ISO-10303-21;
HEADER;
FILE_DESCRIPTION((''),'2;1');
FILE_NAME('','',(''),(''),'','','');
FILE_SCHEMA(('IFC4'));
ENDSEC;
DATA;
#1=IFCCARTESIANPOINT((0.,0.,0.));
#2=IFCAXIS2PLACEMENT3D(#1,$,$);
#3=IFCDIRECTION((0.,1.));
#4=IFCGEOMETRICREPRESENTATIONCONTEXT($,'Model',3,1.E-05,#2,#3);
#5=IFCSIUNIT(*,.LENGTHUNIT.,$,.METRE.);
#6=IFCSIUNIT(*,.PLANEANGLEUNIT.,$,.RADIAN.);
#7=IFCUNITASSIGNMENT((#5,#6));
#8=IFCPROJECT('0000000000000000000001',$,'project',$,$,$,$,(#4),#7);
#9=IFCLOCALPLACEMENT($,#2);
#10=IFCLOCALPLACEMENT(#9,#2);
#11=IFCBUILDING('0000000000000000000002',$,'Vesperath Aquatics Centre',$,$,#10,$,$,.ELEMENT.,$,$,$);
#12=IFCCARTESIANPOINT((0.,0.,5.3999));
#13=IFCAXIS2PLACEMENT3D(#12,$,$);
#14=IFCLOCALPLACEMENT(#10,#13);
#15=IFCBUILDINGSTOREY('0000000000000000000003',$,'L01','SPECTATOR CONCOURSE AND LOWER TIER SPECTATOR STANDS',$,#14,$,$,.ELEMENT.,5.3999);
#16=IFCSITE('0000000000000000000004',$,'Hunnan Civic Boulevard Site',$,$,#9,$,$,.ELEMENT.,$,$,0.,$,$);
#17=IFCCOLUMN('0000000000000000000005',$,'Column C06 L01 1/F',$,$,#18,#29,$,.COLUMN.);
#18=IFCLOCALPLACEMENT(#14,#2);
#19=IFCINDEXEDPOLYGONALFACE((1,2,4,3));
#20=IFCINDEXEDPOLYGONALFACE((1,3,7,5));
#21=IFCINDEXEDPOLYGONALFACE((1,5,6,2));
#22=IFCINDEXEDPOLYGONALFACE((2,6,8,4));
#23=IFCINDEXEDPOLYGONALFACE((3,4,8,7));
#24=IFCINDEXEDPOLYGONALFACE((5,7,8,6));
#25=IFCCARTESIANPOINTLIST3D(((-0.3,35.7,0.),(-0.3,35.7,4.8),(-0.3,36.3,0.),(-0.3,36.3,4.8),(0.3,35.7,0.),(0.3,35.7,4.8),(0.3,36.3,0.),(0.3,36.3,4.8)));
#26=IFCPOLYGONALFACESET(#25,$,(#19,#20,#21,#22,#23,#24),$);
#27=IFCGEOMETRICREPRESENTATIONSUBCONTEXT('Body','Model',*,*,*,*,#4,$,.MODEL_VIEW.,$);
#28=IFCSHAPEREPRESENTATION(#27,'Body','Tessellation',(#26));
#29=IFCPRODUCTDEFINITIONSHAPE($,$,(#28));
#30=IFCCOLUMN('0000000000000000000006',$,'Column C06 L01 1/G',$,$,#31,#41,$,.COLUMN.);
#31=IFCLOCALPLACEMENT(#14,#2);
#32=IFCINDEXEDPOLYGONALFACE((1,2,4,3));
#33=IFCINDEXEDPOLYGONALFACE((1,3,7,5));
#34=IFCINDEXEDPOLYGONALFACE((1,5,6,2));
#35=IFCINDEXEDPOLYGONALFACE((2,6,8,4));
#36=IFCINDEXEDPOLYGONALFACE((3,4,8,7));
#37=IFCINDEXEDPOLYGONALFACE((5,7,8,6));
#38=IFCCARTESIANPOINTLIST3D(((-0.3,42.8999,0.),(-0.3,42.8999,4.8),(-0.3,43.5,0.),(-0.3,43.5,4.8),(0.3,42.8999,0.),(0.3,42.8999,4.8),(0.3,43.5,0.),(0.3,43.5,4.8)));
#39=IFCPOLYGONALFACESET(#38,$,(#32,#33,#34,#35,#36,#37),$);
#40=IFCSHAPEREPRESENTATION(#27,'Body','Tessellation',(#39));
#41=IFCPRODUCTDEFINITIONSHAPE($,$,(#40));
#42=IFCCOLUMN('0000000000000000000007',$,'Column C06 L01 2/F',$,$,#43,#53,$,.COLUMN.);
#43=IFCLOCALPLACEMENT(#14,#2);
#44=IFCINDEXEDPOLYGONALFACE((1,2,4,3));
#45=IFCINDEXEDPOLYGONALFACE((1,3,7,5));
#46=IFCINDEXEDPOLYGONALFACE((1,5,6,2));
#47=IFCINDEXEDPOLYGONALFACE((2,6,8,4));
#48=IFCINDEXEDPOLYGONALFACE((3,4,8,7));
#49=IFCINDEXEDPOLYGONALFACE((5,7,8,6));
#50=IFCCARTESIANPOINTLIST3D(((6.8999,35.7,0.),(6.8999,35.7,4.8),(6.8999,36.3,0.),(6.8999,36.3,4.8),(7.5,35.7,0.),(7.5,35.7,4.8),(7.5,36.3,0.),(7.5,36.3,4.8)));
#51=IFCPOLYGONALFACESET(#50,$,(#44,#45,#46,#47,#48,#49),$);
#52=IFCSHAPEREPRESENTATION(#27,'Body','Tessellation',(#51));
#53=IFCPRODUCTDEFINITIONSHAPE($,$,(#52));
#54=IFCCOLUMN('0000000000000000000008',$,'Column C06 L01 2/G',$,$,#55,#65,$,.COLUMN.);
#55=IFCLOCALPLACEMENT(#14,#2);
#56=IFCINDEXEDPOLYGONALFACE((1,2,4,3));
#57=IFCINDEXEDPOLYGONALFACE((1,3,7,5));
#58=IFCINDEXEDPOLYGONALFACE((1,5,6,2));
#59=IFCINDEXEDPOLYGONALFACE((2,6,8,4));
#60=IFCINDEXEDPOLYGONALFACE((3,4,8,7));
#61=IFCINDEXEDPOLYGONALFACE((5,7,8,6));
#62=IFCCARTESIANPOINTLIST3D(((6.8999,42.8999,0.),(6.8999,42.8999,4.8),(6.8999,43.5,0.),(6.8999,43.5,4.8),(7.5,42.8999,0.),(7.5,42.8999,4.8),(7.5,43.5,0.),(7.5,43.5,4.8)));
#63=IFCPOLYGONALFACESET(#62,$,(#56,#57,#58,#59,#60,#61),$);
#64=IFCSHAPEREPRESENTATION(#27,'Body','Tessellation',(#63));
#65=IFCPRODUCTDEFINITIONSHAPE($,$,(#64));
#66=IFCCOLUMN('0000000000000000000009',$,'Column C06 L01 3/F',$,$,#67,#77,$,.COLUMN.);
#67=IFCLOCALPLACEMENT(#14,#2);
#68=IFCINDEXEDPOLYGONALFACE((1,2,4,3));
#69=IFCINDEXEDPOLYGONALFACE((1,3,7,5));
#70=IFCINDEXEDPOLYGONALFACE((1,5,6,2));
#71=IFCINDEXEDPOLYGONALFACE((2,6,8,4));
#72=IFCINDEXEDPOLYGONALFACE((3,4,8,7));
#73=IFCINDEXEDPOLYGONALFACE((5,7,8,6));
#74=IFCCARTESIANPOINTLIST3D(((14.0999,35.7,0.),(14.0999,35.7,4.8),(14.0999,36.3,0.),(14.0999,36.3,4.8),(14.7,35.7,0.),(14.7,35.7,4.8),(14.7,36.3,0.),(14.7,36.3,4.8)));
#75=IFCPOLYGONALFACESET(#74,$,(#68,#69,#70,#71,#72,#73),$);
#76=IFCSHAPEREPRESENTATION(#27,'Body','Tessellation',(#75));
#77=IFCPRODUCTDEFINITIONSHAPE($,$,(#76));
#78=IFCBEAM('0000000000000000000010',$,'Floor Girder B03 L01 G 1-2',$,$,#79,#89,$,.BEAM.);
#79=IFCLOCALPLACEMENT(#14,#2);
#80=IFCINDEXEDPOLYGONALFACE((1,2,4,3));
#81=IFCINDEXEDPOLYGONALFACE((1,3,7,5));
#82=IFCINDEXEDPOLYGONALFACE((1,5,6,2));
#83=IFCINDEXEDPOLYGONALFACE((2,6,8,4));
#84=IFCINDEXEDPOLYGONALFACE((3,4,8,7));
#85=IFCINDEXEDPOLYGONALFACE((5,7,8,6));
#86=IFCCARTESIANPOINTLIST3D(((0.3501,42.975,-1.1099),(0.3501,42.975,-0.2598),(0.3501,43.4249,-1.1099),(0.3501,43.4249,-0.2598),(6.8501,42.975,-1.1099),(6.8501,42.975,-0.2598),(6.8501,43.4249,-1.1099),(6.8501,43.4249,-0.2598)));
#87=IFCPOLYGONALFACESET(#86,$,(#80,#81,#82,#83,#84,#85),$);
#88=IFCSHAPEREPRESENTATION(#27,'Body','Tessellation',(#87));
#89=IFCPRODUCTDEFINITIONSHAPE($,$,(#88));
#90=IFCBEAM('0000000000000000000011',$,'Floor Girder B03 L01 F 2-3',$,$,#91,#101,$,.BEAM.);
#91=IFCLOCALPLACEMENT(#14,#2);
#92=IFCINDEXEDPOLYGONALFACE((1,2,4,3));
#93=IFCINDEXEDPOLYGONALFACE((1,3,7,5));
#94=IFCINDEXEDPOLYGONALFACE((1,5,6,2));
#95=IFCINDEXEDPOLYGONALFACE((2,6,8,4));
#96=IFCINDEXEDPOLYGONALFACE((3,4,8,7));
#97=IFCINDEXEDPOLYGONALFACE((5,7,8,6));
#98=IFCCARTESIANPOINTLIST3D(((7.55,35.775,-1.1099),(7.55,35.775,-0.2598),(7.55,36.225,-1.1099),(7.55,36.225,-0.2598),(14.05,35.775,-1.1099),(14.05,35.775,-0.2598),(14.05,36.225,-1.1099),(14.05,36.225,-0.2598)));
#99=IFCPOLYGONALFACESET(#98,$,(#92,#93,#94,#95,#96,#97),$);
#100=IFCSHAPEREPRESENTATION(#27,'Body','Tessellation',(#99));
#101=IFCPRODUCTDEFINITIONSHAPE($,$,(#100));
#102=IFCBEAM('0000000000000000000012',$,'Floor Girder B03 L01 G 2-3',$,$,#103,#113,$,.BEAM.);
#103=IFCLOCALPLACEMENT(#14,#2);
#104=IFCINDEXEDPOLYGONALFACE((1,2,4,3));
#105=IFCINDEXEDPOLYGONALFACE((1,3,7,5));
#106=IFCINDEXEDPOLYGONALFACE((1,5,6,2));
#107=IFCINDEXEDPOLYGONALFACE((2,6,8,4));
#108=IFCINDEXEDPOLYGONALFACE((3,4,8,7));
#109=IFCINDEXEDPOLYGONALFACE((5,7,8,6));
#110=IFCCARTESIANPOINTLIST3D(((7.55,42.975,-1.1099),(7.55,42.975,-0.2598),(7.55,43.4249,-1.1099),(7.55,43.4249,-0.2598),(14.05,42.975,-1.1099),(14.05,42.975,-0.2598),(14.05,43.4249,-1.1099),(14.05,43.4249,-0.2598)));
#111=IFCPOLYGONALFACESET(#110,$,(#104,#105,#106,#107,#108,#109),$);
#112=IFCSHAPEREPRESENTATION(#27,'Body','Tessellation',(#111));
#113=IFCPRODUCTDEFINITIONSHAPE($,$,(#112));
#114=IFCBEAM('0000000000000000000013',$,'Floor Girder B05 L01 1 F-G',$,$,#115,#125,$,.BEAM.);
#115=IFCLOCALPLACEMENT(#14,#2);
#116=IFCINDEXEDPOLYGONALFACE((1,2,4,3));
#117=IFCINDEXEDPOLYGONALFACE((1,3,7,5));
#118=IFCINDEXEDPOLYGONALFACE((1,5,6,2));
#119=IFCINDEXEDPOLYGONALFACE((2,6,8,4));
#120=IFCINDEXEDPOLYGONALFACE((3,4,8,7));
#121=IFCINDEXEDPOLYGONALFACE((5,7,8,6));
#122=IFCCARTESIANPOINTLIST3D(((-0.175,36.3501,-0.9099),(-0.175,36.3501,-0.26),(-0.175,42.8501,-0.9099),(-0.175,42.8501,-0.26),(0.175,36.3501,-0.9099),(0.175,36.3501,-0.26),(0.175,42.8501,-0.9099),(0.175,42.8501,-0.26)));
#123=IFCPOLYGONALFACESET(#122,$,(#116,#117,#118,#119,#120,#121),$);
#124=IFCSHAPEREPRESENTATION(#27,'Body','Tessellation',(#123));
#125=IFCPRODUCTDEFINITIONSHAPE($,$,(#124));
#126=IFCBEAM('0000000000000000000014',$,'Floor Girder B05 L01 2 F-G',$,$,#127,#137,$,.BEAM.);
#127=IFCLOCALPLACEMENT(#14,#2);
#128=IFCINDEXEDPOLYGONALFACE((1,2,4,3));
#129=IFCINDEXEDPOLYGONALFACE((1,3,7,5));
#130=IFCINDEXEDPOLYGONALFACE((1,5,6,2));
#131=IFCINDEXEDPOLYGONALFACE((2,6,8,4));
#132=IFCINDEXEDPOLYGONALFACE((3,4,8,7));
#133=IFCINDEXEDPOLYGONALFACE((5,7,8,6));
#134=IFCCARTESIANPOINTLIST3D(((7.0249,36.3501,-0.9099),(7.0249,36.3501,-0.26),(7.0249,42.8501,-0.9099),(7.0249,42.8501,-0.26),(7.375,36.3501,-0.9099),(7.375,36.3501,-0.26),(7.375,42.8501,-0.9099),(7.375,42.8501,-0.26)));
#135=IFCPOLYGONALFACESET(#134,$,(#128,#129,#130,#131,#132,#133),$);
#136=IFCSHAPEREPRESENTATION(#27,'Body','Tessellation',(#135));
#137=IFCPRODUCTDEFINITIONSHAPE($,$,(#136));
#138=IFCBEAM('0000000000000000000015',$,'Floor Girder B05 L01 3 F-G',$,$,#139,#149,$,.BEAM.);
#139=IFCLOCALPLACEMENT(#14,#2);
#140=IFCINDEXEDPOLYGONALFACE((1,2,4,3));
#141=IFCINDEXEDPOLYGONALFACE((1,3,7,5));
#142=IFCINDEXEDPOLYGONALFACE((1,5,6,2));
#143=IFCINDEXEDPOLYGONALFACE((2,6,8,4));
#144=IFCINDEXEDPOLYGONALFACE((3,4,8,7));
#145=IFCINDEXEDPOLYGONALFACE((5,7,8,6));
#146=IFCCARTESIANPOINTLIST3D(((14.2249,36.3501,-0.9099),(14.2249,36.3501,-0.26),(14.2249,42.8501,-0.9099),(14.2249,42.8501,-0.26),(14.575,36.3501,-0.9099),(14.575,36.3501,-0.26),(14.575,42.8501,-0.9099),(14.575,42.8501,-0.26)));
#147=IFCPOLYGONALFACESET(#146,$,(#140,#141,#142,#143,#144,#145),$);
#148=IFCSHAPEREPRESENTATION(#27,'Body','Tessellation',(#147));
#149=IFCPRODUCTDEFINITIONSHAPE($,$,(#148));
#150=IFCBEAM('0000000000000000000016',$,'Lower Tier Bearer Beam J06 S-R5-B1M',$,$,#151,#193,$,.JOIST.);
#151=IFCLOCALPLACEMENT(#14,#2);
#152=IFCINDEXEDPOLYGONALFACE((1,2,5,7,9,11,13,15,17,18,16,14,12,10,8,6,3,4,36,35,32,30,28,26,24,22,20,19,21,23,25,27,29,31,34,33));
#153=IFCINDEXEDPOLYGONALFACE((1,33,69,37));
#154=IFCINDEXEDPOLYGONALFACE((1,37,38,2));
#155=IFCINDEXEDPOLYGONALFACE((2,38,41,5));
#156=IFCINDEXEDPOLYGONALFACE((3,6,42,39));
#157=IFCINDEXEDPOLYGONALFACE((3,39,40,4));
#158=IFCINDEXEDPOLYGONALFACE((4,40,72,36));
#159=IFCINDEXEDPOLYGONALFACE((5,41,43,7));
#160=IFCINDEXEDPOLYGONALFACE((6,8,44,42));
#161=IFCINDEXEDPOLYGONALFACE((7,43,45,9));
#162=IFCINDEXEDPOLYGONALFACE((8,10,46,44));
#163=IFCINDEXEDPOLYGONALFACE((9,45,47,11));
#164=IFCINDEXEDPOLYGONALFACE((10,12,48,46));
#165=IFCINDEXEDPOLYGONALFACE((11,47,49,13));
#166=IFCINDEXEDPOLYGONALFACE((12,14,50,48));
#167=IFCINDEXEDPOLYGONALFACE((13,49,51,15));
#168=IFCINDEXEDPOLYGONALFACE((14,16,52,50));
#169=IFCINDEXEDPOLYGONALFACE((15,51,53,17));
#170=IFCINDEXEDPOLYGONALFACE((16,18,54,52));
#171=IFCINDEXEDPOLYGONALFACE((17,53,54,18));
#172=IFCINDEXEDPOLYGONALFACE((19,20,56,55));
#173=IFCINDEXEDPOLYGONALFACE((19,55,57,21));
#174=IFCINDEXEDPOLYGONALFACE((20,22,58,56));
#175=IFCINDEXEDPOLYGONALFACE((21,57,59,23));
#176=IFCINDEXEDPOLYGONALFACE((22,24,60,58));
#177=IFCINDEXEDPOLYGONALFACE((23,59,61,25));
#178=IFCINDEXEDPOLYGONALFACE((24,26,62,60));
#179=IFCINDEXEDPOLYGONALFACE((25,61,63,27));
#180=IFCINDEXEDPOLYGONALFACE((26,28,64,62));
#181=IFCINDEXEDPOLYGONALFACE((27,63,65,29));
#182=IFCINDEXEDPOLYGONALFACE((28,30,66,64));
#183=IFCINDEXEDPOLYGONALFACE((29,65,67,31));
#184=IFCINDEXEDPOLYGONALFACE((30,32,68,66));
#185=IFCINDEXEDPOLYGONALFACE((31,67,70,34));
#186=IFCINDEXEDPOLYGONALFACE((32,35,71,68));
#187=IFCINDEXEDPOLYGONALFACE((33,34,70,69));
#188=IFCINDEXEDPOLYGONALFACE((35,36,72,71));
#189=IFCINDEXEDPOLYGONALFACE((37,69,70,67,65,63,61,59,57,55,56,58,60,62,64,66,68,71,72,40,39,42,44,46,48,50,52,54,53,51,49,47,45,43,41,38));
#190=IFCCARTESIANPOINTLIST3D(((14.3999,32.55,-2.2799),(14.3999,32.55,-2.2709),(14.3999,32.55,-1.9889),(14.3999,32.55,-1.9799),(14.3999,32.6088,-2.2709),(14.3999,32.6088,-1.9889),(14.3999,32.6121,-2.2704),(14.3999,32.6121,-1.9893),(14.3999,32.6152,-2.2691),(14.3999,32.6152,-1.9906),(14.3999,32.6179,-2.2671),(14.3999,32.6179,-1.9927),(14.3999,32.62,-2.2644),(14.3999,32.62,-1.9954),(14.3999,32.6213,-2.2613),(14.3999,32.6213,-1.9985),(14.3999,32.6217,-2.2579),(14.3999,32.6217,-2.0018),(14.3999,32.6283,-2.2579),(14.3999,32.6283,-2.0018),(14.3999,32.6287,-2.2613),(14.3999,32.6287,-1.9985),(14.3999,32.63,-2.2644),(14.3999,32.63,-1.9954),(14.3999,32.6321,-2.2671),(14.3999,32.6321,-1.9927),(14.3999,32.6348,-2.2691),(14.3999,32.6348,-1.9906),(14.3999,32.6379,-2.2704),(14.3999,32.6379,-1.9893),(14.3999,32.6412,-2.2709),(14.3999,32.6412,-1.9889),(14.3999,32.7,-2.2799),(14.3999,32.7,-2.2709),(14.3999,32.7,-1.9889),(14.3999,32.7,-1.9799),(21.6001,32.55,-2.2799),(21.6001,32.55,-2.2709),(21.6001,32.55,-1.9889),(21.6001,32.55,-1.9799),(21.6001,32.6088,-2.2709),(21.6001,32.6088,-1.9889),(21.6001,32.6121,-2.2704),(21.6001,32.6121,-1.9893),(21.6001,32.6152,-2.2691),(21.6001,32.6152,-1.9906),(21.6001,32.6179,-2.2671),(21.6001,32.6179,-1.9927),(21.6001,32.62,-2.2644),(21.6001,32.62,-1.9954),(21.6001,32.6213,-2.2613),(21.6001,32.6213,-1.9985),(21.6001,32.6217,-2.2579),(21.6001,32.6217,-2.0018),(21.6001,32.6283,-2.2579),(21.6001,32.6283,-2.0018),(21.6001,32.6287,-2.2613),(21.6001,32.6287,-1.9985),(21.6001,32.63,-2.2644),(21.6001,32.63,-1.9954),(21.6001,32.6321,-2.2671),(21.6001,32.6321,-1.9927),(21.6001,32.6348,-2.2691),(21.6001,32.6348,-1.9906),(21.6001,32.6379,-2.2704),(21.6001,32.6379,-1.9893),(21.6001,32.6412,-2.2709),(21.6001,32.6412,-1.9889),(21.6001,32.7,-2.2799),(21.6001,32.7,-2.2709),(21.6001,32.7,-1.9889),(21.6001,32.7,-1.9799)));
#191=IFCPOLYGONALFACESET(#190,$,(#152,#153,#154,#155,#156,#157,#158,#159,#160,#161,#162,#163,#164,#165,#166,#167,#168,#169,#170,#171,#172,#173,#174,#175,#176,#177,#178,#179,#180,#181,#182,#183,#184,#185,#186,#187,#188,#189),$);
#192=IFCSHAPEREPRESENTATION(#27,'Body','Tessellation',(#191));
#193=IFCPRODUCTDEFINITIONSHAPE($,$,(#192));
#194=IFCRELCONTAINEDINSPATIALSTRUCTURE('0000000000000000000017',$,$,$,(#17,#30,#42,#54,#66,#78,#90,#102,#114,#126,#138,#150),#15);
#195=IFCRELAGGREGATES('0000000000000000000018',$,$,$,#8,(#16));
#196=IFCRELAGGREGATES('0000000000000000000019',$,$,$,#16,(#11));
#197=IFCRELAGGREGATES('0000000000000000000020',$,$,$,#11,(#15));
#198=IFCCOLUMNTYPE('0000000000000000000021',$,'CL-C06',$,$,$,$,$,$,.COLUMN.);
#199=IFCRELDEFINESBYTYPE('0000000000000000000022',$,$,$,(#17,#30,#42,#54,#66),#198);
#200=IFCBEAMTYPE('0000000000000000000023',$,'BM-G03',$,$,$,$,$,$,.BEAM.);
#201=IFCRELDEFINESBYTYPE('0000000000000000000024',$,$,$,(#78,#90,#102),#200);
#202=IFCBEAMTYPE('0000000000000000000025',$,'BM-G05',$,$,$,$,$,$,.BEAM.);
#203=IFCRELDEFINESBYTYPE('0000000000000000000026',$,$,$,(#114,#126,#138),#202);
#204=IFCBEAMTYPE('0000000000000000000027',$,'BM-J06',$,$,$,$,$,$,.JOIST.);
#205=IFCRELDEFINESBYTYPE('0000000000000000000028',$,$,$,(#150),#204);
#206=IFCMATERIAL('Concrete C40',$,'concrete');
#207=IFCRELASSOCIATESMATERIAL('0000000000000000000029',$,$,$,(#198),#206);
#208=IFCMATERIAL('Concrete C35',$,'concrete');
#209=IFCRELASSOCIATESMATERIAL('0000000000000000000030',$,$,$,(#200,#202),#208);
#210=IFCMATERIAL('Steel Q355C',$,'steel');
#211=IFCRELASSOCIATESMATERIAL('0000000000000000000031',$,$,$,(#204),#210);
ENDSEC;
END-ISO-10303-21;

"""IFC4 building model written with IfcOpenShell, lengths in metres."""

from ifc_helpers import new_model, si_unit, direction, frame, origin, origin_2d, place, context, subcontext, project, spatial, rectangle, i_section, extrude, material, material_profile, profile_set, type_object, element, save


model = new_model("IFC4")

# Units and contexts
model_context = context("Model", 3, precision=1e-05, world=origin(), true_north=direction((0.0, 1.0)))
body_context = subcontext(model_context, "Body", "Model", "MODEL_VIEW")
ifc_project = project(units=[si_unit("LENGTHUNIT", "METRE"), si_unit("PLANEANGLEUNIT", "RADIAN")], contexts=[model_context])

# Site, building, storey
site_placement = place(None, origin())
site = spatial("IfcSite", under=ifc_project, at=site_placement, Name="Hunnan Civic Boulevard Site", CompositionType="ELEMENT", RefElevation=0.0)
building_placement = place(site_placement, origin())
building = spatial("IfcBuilding", under=site, at=building_placement, Name="Vesperath Aquatics Centre", CompositionType="ELEMENT")
storey_placement = place(building_placement, frame((0.0, 0.0, 5.3999)))
storey = spatial("IfcBuildingStorey", under=building, at=storey_placement, Name="L01", Description="SPECTATOR CONCOURSE AND LOWER TIER SPECTATOR STANDS", CompositionType="ELEMENT", Elevation=5.3999)

# Columns
ifc_material_1 = material(Name="Concrete C40", Category="concrete")
ifc_material_profile_1 = material_profile(ifc_material_1, rectangle(XDim=0.6001, YDim=0.6001, at=origin_2d()), Name="RC 600x600")
ifc_profile_set_1 = profile_set([ifc_material_profile_1], Name="Concrete C40")
column_type = type_object("IfcColumnType", Name="CL-C06", PredefinedType="COLUMN", material=ifc_profile_set_1)
for number, where, z_axis, x_axis, name in (
    (1, (0.0, 36.0, 0.0), (0.0, 0.0, 1.0), (1.0, 0.0, 0.0), "Column C06 L01 1/F"),
    (2, (0.0, 43.2, 0.0), (0.0, 0.0, 1.0), (1.0, 0.0, 0.0), "Column C06 L01 1/G"),
    (3, (7.2, 36.0, 0.0), (0.0, 0.0, 1.0), (1.0, 0.0, 0.0), "Column C06 L01 2/F"),
    (4, (7.2, 43.2, 0.0), (0.0, 0.0, 1.0), (1.0, 0.0, 0.0), "Column C06 L01 2/G"),
    (5, (14.3999, 36.0, 0.0), (0.0, 0.0, 1.0), (1.0, 0.0, 0.0), "Column C06 L01 3/F"),
):
    element("IfcColumn", number, at=place(storey_placement, frame(where, z_axis=z_axis, x_axis=x_axis)), inside=storey, type_object=column_type, Name=name, PredefinedType="COLUMN", context=body_context, shape_type="SweptSolid", body=[
        extrude(rectangle(XDim=0.6001, YDim=0.6001, at=origin_2d()), origin(), (0.0, 0.0, 1.0), 4.8),
    ])

# Beams
ifc_material_2 = material(Name="Concrete C35", Category="concrete")
ifc_material_profile_2 = material_profile(ifc_material_2, rectangle(XDim=0.45, YDim=0.8501, at=origin_2d()), Name="RC 450x850")
ifc_profile_set_2 = profile_set([ifc_material_profile_2], Name="Concrete C35")
beam_type_1 = type_object("IfcBeamType", Name="BM-G03", PredefinedType="BEAM", material=ifc_profile_set_2)
for number, where, z_axis, x_axis, name in (
    (6, (0.3501, 43.2, -0.6848), (1.0, 0.0, 0.0), (0.0, 1.0, 0.0), "Floor Girder B03 L01 G 1-2"),
    (7, (7.55, 36.0, -0.6848), (1.0, 0.0, 0.0), (0.0, 1.0, 0.0), "Floor Girder B03 L01 F 2-3"),
    (8, (7.55, 43.2, -0.6848), (1.0, 0.0, 0.0), (0.0, 1.0, 0.0), "Floor Girder B03 L01 G 2-3"),
):
    element("IfcBeam", number, at=place(storey_placement, frame(where, z_axis=z_axis, x_axis=x_axis)), inside=storey, type_object=beam_type_1, Name=name, PredefinedType="BEAM", context=body_context, shape_type="SweptSolid", body=[
        extrude(rectangle(XDim=0.45, YDim=0.8501, at=origin_2d()), origin(), (0.0, 0.0, 1.0), 6.5),
    ])
ifc_material_profile_3 = material_profile(ifc_material_2, rectangle(XDim=0.3501, YDim=0.6499, at=origin_2d()), Name="RC 350x650")
ifc_profile_set_3 = profile_set([ifc_material_profile_3], Name="Concrete C35")
beam_type_2 = type_object("IfcBeamType", Name="BM-G05", PredefinedType="BEAM", material=ifc_profile_set_3)
for number, where, z_axis, x_axis, name in (
    (9, (0.0, 36.3501, -0.585), (0.0, 1.0, 0.0), (-1.0, 0.0, 0.0), "Floor Girder B05 L01 1 F-G"),
    (10, (7.2, 36.3501, -0.585), (0.0, 1.0, 0.0), (-1.0, 0.0, 0.0), "Floor Girder B05 L01 2 F-G"),
    (11, (14.3999, 36.3501, -0.585), (0.0, 1.0, 0.0), (-1.0, 0.0, 0.0), "Floor Girder B05 L01 3 F-G"),
):
    element("IfcBeam", number, at=place(storey_placement, frame(where, z_axis=z_axis, x_axis=x_axis)), inside=storey, type_object=beam_type_2, Name=name, PredefinedType="BEAM", context=body_context, shape_type="SweptSolid", body=[
        extrude(rectangle(XDim=0.3501, YDim=0.6499, at=origin_2d()), origin(), (0.0, 0.0, 1.0), 6.5),
    ])
ifc_material_3 = material(Name="Steel Q355C", Category="steel")
ifc_material_profile_4 = material_profile(ifc_material_3, i_section(OverallWidth=0.1499, OverallDepth=0.3, WebThickness=0.0066, FlangeThickness=0.009, FilletRadius=0.0129, at=origin_2d()), Name="HN 300x150x6.5x9")
ifc_profile_set_4 = profile_set([ifc_material_profile_4], Name="Steel Q355C")
beam_type_3 = type_object("IfcBeamType", Name="BM-J06", PredefinedType="JOIST", material=ifc_profile_set_4)
for number, where, z_axis, x_axis, name in (
    (12, (14.3999, 32.625, -2.1299), (1.0, 0.0, 0.0), (0.0, 1.0, 0.0), "Lower Tier Bearer Beam J06 S-R5-B1M"),
):
    element("IfcBeam", number, at=place(storey_placement, frame(where, z_axis=z_axis, x_axis=x_axis)), inside=storey, type_object=beam_type_3, Name=name, PredefinedType="JOIST", context=body_context, shape_type="SweptSolid", body=[
        extrude(i_section(OverallWidth=0.1499, OverallDepth=0.3, WebThickness=0.0066, FlangeThickness=0.009, FilletRadius=0.0129, at=origin_2d()), origin(), (0.0, 0.0, 1.0), 7.2002),
    ])

save(model, "model.ifc")
